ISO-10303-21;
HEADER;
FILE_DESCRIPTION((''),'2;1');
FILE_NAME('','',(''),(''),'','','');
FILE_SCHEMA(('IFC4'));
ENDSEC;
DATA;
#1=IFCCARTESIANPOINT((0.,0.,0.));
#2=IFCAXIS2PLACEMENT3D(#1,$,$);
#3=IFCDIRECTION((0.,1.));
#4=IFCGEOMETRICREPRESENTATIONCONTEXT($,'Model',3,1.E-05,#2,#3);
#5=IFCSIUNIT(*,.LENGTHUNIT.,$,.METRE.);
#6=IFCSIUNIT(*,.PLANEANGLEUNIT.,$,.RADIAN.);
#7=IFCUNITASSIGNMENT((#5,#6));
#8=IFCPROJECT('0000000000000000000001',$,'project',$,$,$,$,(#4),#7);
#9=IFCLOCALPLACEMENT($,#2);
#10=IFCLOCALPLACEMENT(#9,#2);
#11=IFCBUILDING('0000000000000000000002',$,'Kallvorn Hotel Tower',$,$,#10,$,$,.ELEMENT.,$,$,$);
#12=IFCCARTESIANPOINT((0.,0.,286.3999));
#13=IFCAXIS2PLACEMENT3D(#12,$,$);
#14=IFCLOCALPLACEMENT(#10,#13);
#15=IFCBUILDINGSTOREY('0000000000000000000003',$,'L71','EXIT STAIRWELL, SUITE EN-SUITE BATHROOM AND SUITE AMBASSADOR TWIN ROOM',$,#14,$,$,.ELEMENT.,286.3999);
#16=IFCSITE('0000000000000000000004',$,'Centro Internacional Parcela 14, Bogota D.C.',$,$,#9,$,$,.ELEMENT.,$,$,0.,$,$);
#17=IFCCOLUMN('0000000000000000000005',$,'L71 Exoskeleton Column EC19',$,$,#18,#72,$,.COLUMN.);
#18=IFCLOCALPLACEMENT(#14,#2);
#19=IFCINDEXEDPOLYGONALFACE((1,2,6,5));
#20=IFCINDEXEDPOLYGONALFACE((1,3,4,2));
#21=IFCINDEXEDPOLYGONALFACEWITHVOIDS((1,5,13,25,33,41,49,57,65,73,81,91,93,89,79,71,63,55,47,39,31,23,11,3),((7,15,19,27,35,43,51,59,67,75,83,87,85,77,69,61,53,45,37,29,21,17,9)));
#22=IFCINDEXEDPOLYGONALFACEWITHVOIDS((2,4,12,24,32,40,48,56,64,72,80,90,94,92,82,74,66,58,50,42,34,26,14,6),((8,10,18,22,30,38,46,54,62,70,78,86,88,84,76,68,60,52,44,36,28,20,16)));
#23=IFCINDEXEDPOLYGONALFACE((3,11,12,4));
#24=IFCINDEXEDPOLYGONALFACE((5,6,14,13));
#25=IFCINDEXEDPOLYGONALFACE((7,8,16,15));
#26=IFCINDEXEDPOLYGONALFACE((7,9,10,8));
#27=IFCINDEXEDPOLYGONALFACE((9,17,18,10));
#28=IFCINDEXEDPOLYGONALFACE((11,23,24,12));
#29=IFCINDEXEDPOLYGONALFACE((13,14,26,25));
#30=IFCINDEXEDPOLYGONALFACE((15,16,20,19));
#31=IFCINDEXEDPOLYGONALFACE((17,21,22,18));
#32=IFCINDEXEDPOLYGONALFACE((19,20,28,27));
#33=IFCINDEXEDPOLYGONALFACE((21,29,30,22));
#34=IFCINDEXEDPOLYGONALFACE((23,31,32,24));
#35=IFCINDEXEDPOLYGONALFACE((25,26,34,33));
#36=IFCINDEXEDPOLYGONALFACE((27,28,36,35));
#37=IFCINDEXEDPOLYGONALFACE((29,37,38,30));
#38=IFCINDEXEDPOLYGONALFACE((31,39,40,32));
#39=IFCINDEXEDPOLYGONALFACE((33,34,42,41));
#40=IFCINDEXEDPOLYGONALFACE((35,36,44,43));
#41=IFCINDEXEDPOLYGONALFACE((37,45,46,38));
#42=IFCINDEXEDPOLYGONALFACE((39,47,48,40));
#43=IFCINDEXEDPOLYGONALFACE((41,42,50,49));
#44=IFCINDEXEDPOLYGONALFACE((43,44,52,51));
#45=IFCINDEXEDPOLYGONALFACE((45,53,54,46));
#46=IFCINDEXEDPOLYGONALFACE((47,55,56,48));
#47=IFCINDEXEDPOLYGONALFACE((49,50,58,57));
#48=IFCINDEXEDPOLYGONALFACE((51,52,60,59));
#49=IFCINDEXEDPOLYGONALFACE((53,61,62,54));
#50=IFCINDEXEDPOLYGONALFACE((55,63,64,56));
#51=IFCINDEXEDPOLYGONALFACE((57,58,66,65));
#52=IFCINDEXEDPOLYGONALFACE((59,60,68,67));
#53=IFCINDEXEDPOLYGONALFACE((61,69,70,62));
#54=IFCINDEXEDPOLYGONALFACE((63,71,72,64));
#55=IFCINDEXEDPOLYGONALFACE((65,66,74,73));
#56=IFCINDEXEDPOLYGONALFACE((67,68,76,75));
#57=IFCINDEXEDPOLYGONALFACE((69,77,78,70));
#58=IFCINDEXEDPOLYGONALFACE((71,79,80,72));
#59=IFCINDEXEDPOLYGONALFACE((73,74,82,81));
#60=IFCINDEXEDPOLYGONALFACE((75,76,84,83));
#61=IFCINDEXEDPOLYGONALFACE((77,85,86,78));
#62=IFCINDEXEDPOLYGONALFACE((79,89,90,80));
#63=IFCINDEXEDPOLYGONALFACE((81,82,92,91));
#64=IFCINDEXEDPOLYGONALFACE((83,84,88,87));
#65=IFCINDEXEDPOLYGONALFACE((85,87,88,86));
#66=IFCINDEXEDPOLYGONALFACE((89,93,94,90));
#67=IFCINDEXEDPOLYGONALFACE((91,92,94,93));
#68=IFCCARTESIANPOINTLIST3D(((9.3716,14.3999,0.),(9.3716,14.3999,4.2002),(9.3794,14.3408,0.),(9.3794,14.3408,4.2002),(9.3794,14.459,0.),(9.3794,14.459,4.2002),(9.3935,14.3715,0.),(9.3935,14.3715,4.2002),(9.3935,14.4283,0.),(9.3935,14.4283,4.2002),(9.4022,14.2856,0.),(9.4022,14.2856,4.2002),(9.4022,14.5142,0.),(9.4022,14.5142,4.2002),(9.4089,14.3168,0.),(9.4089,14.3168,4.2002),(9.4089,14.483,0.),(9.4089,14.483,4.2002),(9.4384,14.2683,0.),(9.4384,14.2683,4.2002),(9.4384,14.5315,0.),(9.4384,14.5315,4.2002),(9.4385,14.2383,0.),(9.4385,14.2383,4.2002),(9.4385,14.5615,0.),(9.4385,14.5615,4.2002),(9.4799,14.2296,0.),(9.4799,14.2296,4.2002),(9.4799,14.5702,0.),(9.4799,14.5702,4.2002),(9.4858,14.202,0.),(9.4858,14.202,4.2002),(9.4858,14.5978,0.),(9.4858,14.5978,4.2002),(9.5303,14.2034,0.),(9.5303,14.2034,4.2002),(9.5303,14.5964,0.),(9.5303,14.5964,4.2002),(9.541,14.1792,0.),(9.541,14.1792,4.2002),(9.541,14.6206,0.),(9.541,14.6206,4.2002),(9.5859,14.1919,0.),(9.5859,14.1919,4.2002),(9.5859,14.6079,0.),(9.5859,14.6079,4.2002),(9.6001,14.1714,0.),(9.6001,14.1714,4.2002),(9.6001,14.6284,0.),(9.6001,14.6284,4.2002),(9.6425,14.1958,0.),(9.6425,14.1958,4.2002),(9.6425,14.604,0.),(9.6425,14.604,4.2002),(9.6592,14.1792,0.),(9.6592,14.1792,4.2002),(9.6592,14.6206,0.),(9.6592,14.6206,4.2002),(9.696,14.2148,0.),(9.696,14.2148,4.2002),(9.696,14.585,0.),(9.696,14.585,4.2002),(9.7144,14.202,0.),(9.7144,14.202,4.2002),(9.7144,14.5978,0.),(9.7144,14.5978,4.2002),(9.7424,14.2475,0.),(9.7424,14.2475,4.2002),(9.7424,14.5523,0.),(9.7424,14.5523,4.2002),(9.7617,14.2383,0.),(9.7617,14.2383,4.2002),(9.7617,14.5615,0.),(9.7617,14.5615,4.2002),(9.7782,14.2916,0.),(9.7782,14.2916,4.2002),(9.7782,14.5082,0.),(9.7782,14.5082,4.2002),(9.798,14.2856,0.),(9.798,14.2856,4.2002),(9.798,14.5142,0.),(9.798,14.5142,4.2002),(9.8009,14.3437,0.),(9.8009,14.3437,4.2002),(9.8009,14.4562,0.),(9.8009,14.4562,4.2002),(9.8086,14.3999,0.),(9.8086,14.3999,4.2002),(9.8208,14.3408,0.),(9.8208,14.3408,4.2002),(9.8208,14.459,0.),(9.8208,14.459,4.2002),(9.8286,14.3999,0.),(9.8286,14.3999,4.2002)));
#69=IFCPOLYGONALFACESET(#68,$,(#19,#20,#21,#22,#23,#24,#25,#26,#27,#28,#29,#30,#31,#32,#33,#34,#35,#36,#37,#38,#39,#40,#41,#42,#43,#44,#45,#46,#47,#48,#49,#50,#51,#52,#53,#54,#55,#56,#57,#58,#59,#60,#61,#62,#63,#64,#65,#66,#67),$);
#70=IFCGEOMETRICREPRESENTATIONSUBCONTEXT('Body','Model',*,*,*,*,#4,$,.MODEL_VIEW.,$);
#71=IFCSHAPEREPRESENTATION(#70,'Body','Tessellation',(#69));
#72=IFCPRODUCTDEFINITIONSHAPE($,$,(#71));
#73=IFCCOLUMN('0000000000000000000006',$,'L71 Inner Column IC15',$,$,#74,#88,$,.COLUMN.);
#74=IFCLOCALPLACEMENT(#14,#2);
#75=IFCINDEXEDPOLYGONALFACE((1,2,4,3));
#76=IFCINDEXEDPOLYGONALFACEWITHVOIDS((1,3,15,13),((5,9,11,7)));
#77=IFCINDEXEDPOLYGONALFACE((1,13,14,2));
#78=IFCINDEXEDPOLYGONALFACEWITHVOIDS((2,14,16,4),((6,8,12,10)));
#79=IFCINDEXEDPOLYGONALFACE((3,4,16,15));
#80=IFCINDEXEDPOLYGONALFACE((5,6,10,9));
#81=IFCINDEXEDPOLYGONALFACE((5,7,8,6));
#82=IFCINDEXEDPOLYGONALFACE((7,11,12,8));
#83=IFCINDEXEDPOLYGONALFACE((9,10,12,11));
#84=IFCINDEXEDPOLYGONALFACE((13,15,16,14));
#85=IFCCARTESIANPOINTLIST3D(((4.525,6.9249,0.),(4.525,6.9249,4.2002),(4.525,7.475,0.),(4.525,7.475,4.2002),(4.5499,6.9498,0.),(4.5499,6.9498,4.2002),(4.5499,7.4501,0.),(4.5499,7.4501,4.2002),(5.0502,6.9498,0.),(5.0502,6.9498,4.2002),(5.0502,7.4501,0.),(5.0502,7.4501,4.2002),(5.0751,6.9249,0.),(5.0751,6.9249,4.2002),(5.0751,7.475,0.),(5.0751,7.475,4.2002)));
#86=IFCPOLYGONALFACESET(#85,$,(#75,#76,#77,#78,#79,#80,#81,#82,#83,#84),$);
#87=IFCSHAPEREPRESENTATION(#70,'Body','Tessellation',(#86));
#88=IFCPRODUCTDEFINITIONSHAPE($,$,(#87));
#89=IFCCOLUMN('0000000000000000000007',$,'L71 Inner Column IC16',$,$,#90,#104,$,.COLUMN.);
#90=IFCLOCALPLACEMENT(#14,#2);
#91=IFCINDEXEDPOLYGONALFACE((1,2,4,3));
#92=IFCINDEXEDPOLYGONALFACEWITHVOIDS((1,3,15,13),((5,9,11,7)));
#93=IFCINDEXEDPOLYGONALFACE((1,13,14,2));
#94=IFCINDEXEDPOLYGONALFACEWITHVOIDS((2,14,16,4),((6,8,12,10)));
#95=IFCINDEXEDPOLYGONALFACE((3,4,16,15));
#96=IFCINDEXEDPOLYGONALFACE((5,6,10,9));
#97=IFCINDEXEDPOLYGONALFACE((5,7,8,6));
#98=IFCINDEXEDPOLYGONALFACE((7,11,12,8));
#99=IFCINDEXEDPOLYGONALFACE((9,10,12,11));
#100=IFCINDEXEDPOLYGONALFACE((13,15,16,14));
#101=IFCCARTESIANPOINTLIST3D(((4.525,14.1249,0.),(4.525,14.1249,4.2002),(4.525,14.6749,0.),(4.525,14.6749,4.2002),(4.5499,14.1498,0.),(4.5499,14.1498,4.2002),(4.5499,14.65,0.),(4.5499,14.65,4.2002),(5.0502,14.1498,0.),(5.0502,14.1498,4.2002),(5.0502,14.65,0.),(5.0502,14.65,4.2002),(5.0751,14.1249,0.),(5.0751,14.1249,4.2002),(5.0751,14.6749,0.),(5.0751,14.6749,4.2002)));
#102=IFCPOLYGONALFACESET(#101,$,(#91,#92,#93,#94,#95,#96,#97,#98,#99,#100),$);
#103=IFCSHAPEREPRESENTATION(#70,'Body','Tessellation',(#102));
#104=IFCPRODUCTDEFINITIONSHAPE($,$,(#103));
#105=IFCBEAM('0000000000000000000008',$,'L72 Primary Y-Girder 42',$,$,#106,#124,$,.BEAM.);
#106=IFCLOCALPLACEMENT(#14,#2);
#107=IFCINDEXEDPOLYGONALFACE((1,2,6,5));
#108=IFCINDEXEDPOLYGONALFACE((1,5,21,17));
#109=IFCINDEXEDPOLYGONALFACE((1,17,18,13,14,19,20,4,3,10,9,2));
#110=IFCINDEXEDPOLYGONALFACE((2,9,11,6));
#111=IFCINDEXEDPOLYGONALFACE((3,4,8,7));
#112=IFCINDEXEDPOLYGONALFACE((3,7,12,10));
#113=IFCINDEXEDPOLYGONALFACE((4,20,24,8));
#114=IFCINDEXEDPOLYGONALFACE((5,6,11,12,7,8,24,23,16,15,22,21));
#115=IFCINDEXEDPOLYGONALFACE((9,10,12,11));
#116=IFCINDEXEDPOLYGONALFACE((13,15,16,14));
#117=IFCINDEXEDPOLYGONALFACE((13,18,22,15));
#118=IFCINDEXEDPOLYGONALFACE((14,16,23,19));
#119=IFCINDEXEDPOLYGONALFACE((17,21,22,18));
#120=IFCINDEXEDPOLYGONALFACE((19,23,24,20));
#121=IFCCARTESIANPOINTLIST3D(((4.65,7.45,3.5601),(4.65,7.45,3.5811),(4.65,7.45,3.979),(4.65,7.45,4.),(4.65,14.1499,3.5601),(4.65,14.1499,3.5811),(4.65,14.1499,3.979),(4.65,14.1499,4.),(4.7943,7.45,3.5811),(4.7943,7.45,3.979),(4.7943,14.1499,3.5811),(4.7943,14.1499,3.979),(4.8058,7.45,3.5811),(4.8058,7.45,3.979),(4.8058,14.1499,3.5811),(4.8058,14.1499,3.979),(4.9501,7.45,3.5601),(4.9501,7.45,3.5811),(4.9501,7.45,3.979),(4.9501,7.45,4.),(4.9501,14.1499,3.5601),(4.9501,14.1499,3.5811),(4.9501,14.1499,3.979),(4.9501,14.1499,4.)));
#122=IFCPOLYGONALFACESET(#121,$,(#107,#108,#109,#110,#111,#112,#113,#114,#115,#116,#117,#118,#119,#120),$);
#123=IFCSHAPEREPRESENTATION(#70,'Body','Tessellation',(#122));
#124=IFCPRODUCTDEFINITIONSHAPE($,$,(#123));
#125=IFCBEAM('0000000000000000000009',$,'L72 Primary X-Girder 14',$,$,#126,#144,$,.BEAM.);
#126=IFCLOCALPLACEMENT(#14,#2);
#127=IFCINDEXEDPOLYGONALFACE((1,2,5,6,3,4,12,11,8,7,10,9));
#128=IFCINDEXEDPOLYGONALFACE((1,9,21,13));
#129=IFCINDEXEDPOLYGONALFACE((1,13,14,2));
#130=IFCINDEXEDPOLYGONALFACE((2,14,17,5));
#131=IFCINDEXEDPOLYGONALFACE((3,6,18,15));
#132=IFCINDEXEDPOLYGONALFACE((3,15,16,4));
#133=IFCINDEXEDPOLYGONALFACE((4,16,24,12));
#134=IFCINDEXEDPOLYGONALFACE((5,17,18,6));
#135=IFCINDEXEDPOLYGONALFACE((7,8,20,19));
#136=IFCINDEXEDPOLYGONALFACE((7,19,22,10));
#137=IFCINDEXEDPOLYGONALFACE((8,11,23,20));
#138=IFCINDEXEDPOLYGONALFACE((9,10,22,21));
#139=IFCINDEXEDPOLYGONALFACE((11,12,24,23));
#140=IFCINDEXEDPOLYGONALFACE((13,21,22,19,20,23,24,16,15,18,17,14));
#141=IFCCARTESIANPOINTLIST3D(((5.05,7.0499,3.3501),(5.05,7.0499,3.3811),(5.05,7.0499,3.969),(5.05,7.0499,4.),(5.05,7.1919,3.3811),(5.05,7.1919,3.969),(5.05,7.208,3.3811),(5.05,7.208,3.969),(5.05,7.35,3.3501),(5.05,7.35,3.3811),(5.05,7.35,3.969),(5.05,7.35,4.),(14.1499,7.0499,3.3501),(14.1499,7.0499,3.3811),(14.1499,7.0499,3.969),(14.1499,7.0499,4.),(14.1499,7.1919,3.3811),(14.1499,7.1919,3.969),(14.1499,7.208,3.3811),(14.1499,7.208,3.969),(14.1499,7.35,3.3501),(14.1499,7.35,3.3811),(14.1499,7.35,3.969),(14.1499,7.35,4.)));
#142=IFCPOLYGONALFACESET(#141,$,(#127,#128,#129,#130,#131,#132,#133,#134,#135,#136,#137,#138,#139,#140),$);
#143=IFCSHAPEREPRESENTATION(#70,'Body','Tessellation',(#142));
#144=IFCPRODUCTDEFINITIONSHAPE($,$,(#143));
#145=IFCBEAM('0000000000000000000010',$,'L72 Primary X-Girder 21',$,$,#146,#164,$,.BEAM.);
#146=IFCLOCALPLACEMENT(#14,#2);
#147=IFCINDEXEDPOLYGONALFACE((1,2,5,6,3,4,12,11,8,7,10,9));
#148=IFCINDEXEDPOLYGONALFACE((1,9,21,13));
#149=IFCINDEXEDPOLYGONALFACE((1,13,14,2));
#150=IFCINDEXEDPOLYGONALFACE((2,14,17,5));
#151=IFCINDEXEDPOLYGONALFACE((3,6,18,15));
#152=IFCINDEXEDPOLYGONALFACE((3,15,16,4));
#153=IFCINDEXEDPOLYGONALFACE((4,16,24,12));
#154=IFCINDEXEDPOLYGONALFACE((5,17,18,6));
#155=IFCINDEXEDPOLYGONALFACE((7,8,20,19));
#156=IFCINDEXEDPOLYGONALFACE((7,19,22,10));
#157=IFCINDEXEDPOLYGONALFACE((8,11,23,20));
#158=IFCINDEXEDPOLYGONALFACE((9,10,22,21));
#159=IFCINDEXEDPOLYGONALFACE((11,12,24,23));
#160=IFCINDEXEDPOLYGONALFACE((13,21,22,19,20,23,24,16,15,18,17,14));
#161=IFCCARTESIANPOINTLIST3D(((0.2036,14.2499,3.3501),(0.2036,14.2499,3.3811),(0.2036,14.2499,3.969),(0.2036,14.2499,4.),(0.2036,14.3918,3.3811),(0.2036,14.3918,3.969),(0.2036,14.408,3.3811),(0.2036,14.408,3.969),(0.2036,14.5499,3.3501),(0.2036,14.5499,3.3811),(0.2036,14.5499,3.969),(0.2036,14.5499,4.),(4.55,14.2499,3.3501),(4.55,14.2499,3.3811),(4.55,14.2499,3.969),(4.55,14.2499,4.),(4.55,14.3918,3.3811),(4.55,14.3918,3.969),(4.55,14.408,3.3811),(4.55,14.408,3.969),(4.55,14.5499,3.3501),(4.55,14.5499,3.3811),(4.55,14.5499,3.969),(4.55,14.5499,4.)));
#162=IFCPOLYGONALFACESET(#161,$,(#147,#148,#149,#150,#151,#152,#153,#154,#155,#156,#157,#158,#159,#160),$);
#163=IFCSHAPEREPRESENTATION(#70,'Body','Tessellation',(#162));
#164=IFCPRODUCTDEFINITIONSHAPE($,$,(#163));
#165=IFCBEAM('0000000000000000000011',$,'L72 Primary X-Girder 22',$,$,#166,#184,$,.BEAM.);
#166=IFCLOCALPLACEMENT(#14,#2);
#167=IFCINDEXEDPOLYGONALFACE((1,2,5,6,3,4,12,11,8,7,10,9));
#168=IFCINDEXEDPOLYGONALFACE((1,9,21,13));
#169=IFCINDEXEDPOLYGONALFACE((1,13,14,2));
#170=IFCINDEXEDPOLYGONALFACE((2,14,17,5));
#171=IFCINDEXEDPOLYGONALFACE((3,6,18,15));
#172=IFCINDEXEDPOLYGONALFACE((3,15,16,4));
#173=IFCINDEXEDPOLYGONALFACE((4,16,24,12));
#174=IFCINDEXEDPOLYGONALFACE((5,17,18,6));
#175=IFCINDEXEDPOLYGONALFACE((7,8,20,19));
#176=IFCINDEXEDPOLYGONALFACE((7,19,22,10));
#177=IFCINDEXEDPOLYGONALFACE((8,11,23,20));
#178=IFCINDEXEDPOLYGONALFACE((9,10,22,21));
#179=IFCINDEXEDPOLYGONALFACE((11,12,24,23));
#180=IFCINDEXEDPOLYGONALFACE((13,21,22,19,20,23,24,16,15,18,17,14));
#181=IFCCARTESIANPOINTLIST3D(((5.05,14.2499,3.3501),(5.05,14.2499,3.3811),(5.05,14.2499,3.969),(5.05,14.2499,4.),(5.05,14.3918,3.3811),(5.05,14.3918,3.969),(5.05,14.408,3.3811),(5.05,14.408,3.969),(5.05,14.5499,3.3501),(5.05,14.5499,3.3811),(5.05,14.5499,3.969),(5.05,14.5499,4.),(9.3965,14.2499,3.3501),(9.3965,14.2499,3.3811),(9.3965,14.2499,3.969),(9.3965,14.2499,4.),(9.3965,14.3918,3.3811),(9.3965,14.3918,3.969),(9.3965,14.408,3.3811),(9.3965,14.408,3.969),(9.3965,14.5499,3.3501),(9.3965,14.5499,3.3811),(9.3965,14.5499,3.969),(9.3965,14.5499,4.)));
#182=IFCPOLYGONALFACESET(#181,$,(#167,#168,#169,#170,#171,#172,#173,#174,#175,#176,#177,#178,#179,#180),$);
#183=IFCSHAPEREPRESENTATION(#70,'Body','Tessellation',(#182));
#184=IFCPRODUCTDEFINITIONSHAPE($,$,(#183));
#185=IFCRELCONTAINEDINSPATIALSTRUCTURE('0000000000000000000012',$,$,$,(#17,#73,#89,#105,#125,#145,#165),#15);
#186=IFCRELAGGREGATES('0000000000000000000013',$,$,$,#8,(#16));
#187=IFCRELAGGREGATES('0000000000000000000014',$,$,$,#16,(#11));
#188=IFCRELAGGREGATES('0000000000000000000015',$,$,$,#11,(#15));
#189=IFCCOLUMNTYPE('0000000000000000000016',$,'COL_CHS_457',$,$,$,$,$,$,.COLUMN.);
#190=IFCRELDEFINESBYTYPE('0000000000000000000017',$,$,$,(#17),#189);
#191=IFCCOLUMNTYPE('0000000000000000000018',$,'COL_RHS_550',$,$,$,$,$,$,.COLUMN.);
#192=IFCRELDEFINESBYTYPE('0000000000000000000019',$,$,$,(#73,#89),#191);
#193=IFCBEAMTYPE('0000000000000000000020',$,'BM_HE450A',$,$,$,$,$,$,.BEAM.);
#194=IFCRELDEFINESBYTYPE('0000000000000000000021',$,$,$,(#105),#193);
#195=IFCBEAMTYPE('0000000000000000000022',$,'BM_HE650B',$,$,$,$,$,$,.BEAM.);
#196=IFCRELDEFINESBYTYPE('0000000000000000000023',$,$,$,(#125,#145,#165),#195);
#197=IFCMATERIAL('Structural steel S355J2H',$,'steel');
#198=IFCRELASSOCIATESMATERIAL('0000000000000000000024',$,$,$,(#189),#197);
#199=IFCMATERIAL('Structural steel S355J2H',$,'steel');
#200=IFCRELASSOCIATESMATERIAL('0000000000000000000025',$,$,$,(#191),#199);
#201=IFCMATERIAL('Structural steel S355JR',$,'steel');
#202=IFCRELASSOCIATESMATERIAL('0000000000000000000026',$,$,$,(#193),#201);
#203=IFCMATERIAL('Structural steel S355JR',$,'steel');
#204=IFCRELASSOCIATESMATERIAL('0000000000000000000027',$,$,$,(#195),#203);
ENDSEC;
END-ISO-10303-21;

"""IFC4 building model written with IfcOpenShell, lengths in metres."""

from ifc_helpers import new_model, si_unit, direction, frame, origin, origin_2d, place, context, subcontext, project, spatial, hollow_rectangle, hollow_circle, i_section, extrude, material, material_profile, profile_set, type_object, element, save


model = new_model("IFC4")

# Units and contexts
model_context = context("Model", 3, precision=1e-05, world=origin(), true_north=direction((0.0, 1.0)))
body_context = subcontext(model_context, "Body", "Model", "MODEL_VIEW")
ifc_project = project(units=[si_unit("LENGTHUNIT", "METRE"), si_unit("PLANEANGLEUNIT", "RADIAN")], contexts=[model_context])

# Site, building, storey
site_placement = place(None, origin())
site = spatial("IfcSite", under=ifc_project, at=site_placement, Name="Centro Internacional Parcela 14, Bogota D.C.", CompositionType="ELEMENT", RefElevation=0.0)
building_placement = place(site_placement, origin())
building = spatial("IfcBuilding", under=site, at=building_placement, Name="Kallvorn Hotel Tower", CompositionType="ELEMENT")
storey_placement = place(building_placement, frame((0.0, 0.0, 286.3999)))
storey = spatial("IfcBuildingStorey", under=building, at=storey_placement, Name="L71", Description="EXIT STAIRWELL, SUITE EN-SUITE BATHROOM AND SUITE AMBASSADOR TWIN ROOM", CompositionType="ELEMENT", Elevation=286.3999)

# Columns
ifc_material_1 = material(Name="Structural steel S355J2H", Category="steel")
ifc_material_profile_1 = material_profile(ifc_material_1, hollow_circle(Radius=0.2285, WallThickness=0.02, at=origin_2d()), Name="CHS 457x20")
ifc_profile_set_1 = profile_set([ifc_material_profile_1], Name="Structural steel S355J2H")
column_type_1 = type_object("IfcColumnType", Name="COL_CHS_457", PredefinedType="COLUMN", material=ifc_profile_set_1)
column_placement = place(storey_placement, frame((9.6001, 14.3999, 0.0), z_axis=(0.0, 0.0, 1.0), x_axis=(1.0, 0.0, 0.0)))
element("IfcColumn", 1, at=column_placement, inside=storey, type_object=column_type_1, Name="L71 Exoskeleton Column EC19", PredefinedType="COLUMN", context=body_context, shape_type="SweptSolid", body=[
    extrude(hollow_circle(Radius=0.2285, WallThickness=0.02, at=origin_2d()), origin(), (0.0, 0.0, 1.0), 4.2002),
])
ifc_material_2 = material(Name="Structural steel S355J2H", Category="steel")
ifc_material_profile_2 = material_profile(ifc_material_2, hollow_rectangle(XDim=0.55, YDim=0.55, WallThickness=0.0249, at=origin_2d()), Name="RHS 550x550x25")
ifc_profile_set_2 = profile_set([ifc_material_profile_2], Name="Structural steel S355J2H")
column_type_2 = type_object("IfcColumnType", Name="COL_RHS_550", PredefinedType="COLUMN", material=ifc_profile_set_2)
for number, where, z_axis, x_axis, name in (
    (2, (4.8, 7.2, 0.0), (0.0, 0.0, 1.0), (1.0, 0.0, 0.0), "L71 Inner Column IC15"),
    (3, (4.8, 14.3999, 0.0), (0.0, 0.0, 1.0), (1.0, 0.0, 0.0), "L71 Inner Column IC16"),
):
    element("IfcColumn", number, at=place(storey_placement, frame(where, z_axis=z_axis, x_axis=x_axis)), inside=storey, type_object=column_type_2, Name=name, PredefinedType="COLUMN", context=body_context, shape_type="SweptSolid", body=[
        extrude(hollow_rectangle(XDim=0.55, YDim=0.55, WallThickness=0.0249, at=origin_2d()), origin(), (0.0, 0.0, 1.0), 4.2002),
    ])

# Beams
ifc_material_3 = material(Name="Structural steel S355JR", Category="steel")
ifc_material_profile_3 = material_profile(ifc_material_3, i_section(OverallWidth=0.3, OverallDepth=0.4399, WebThickness=0.0115, FlangeThickness=0.021, at=origin_2d()), Name="HE 450 A")
ifc_profile_set_3 = profile_set([ifc_material_profile_3], Name="Structural steel S355JR")
beam_type_1 = type_object("IfcBeamType", Name="BM_HE450A", PredefinedType="BEAM", material=ifc_profile_set_3)
beam_1_placement = place(storey_placement, frame((4.8, 7.45, 3.78), z_axis=(0.0, 1.0, 0.0), x_axis=(-1.0, 0.0, 0.0)))
element("IfcBeam", 4, at=beam_1_placement, inside=storey, type_object=beam_type_1, Name="L72 Primary Y-Girder 42", PredefinedType="BEAM", context=body_context, shape_type="SweptSolid", body=[
    extrude(i_section(OverallWidth=0.3, OverallDepth=0.4399, WebThickness=0.0115, FlangeThickness=0.021, at=origin_2d()), origin(), (0.0, 0.0, 1.0), 6.7),
])
ifc_material_4 = material(Name="Structural steel S355JR", Category="steel")
ifc_material_profile_4 = material_profile(ifc_material_4, i_section(OverallWidth=0.3, OverallDepth=0.6499, WebThickness=0.0161, FlangeThickness=0.031, at=origin_2d()), Name="HE 650 B")
ifc_profile_set_4 = profile_set([ifc_material_profile_4], Name="Structural steel S355JR")
beam_type_2 = type_object("IfcBeamType", Name="BM_HE650B", PredefinedType="BEAM", material=ifc_profile_set_4)
beam_2_placement = place(storey_placement, frame((5.05, 7.2, 3.675), z_axis=(1.0, 0.0, 0.0), x_axis=(0.0, 1.0, 0.0)))
element("IfcBeam", 5, at=beam_2_placement, inside=storey, type_object=beam_type_2, Name="L72 Primary X-Girder 14", PredefinedType="BEAM", context=body_context, shape_type="SweptSolid", body=[
    extrude(i_section(OverallWidth=0.3, OverallDepth=0.6499, WebThickness=0.0161, FlangeThickness=0.031, at=origin_2d()), origin(), (0.0, 0.0, 1.0), 9.0999),
])
for number, where, z_axis, x_axis, name in (
    (6, (0.2036, 14.3999, 3.675), (1.0, 0.0, 0.0), (0.0, 1.0, 0.0), "L72 Primary X-Girder 21"),
    (7, (5.05, 14.3999, 3.675), (1.0, 0.0, 0.0), (0.0, 1.0, 0.0), "L72 Primary X-Girder 22"),
):
    element("IfcBeam", number, at=place(storey_placement, frame(where, z_axis=z_axis, x_axis=x_axis)), inside=storey, type_object=beam_type_2, Name=name, PredefinedType="BEAM", context=body_context, shape_type="SweptSolid", body=[
        extrude(i_section(OverallWidth=0.3, OverallDepth=0.6499, WebThickness=0.0161, FlangeThickness=0.031, at=origin_2d()), origin(), (0.0, 0.0, 1.0), 4.3464),
    ])

save(model, "model.ifc")
